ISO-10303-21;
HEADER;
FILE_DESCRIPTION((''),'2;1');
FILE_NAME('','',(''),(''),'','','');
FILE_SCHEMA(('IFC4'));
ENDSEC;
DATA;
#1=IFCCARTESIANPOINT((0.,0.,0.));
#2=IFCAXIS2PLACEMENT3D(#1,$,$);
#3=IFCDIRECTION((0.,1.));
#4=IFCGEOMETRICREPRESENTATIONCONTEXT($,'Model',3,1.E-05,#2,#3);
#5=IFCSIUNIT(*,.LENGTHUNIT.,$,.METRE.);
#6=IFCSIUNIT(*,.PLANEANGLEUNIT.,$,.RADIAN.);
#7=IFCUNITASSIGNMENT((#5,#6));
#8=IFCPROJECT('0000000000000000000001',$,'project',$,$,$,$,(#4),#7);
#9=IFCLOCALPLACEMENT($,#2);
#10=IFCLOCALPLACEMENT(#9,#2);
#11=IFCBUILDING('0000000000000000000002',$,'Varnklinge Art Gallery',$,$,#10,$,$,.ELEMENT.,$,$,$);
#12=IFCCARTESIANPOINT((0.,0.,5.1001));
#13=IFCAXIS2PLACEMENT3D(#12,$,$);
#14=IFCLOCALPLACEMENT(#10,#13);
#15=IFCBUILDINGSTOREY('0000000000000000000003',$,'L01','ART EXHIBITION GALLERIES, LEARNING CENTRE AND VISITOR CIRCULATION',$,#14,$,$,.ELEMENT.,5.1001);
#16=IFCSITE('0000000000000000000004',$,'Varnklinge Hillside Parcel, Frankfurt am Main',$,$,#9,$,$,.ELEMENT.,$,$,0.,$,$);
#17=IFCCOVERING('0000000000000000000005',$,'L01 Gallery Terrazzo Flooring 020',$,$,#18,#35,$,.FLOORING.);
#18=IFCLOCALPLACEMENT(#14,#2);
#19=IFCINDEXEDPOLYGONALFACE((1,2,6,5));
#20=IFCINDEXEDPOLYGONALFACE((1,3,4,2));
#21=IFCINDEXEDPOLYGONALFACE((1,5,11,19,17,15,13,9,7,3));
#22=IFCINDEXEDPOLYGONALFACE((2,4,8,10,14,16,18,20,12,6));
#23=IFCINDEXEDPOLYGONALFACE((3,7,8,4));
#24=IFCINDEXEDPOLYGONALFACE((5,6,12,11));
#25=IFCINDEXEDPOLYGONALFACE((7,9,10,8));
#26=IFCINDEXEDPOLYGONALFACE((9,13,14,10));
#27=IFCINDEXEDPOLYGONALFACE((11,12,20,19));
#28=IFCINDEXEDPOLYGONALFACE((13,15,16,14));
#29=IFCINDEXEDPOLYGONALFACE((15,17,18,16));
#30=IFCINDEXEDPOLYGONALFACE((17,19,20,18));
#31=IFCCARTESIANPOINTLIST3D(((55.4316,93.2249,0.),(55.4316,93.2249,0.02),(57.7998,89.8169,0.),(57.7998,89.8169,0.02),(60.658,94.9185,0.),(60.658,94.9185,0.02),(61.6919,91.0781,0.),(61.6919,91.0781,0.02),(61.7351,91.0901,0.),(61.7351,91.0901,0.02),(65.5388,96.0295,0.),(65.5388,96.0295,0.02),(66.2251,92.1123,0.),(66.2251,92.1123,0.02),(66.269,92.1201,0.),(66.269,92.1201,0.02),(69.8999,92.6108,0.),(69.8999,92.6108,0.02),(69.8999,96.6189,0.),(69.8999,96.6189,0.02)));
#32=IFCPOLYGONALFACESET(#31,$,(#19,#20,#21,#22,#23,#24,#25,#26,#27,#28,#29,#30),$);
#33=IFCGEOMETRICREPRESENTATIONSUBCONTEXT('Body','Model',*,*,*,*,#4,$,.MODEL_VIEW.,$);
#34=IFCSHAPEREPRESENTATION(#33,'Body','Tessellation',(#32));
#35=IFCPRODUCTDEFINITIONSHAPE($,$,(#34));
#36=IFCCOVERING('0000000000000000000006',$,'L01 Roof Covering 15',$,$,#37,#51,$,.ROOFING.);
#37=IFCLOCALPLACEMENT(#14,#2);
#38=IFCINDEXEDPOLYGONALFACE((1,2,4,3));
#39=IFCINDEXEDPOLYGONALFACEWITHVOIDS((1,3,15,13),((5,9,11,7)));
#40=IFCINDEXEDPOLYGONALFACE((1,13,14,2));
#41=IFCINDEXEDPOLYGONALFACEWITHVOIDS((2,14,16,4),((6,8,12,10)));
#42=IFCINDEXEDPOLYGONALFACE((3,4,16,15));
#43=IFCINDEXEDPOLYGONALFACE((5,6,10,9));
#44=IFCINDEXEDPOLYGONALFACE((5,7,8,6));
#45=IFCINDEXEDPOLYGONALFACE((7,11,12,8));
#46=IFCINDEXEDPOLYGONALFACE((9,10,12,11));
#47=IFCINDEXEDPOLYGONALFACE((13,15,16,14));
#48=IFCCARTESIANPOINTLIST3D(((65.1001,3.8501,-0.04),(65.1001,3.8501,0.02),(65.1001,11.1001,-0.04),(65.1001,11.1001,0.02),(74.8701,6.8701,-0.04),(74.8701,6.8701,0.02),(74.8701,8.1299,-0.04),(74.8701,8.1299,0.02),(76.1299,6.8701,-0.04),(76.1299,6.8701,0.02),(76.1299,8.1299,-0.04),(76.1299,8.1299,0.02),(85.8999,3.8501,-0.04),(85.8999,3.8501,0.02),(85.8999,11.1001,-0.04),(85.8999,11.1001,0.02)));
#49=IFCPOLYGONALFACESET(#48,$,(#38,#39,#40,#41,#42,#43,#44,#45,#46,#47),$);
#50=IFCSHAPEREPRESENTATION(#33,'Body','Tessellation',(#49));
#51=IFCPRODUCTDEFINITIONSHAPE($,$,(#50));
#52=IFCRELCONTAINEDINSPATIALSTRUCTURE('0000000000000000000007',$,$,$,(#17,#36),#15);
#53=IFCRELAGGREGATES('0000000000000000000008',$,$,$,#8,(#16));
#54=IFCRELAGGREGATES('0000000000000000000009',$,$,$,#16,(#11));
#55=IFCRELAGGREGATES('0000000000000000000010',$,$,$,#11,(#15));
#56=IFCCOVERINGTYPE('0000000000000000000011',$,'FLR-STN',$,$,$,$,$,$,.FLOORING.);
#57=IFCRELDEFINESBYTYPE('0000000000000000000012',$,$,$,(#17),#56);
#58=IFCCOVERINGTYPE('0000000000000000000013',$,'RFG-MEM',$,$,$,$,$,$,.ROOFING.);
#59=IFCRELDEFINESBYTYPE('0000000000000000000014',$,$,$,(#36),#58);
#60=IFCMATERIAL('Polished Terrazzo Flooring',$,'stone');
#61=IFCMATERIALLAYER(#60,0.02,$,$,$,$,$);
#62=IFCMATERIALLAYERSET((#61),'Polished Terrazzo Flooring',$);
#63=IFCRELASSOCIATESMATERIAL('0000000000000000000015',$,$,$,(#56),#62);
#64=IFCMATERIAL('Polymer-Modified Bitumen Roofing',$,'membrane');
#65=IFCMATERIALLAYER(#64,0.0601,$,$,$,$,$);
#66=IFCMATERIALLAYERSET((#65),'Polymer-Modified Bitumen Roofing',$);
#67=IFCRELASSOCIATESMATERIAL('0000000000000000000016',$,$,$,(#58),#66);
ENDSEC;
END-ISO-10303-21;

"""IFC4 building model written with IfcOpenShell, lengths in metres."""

from ifc_helpers import new_model, si_unit, direction, frame, origin, place, context, subcontext, project, spatial, polyline, outline, extrude, material, layer, layer_set, type_object, element, save


model = new_model("IFC4")

# Units and contexts
model_context = context("Model", 3, precision=1e-05, world=origin(), true_north=direction((0.0, 1.0)))
body_context = subcontext(model_context, "Body", "Model", "MODEL_VIEW")
ifc_project = project(units=[si_unit("LENGTHUNIT", "METRE"), si_unit("PLANEANGLEUNIT", "RADIAN")], contexts=[model_context])

# Site, building, storey
site_placement = place(None, origin())
site = spatial("IfcSite", under=ifc_project, at=site_placement, Name="Varnklinge Hillside Parcel, Frankfurt am Main", CompositionType="ELEMENT", RefElevation=0.0)
building_placement = place(site_placement, origin())
building = spatial("IfcBuilding", under=site, at=building_placement, Name="Varnklinge Art Gallery", CompositionType="ELEMENT")
storey_placement = place(building_placement, frame((0.0, 0.0, 5.1001)))
storey = spatial("IfcBuildingStorey", under=building, at=storey_placement, Name="L01", Description="ART EXHIBITION GALLERIES, LEARNING CENTRE AND VISITOR CIRCULATION", CompositionType="ELEMENT", Elevation=5.1001)

# Coverings
ifc_material_1 = material(Name="Polished Terrazzo Flooring", Category="stone")
ifc_layer_1 = layer(ifc_material_1, 0.02)
ifc_layer_set_1 = layer_set([ifc_layer_1], Name="Polished Terrazzo Flooring")
covering_type_1 = type_object("IfcCoveringType", Name="FLR-STN", PredefinedType="FLOORING", material=ifc_layer_set_1)
covering_1_placement = place(storey_placement, origin())
element("IfcCovering", 1, at=covering_1_placement, inside=storey, type_object=covering_type_1, Name="L01 Gallery Terrazzo Flooring 020", PredefinedType="FLOORING", context=body_context, shape_type="SweptSolid", body=[
    extrude(outline(polyline([(55.4316, 93.2249), (57.7998, 89.8169), (61.6919, 91.0781), (61.7351, 91.0901), (66.2251, 92.1123), (66.269, 92.1201), (69.8999, 92.6108), (69.8999, 96.6189), (65.5388, 96.0295), (60.658, 94.9185), (55.4316, 93.2249)])), origin(), (0.0, 0.0, 1.0), 0.02),
])
ifc_material_2 = material(Name="Polymer-Modified Bitumen Roofing", Category="membrane")
ifc_layer_2 = layer(ifc_material_2, 0.0601)
ifc_layer_set_2 = layer_set([ifc_layer_2], Name="Polymer-Modified Bitumen Roofing")
covering_type_2 = type_object("IfcCoveringType", Name="RFG-MEM", PredefinedType="ROOFING", material=ifc_layer_set_2)
covering_2_placement = place(storey_placement, frame((0.0, 0.0, -0.04)))
element("IfcCovering", 2, at=covering_2_placement, inside=storey, type_object=covering_type_2, Name="L01 Roof Covering 15", PredefinedType="ROOFING", context=body_context, shape_type="SweptSolid", body=[
    extrude(outline(polyline([(85.8999, 3.8501), (85.8999, 11.1001), (65.1001, 11.1001), (65.1001, 3.8501), (85.8999, 3.8501)]), holes=[polyline([(76.1299, 6.8701), (76.1299, 8.1299), (74.8701, 8.1299), (74.8701, 6.8701), (76.1299, 6.8701)])]), origin(), (0.0, 0.0, 1.0), 0.0601),
])

save(model, "model.ifc")
